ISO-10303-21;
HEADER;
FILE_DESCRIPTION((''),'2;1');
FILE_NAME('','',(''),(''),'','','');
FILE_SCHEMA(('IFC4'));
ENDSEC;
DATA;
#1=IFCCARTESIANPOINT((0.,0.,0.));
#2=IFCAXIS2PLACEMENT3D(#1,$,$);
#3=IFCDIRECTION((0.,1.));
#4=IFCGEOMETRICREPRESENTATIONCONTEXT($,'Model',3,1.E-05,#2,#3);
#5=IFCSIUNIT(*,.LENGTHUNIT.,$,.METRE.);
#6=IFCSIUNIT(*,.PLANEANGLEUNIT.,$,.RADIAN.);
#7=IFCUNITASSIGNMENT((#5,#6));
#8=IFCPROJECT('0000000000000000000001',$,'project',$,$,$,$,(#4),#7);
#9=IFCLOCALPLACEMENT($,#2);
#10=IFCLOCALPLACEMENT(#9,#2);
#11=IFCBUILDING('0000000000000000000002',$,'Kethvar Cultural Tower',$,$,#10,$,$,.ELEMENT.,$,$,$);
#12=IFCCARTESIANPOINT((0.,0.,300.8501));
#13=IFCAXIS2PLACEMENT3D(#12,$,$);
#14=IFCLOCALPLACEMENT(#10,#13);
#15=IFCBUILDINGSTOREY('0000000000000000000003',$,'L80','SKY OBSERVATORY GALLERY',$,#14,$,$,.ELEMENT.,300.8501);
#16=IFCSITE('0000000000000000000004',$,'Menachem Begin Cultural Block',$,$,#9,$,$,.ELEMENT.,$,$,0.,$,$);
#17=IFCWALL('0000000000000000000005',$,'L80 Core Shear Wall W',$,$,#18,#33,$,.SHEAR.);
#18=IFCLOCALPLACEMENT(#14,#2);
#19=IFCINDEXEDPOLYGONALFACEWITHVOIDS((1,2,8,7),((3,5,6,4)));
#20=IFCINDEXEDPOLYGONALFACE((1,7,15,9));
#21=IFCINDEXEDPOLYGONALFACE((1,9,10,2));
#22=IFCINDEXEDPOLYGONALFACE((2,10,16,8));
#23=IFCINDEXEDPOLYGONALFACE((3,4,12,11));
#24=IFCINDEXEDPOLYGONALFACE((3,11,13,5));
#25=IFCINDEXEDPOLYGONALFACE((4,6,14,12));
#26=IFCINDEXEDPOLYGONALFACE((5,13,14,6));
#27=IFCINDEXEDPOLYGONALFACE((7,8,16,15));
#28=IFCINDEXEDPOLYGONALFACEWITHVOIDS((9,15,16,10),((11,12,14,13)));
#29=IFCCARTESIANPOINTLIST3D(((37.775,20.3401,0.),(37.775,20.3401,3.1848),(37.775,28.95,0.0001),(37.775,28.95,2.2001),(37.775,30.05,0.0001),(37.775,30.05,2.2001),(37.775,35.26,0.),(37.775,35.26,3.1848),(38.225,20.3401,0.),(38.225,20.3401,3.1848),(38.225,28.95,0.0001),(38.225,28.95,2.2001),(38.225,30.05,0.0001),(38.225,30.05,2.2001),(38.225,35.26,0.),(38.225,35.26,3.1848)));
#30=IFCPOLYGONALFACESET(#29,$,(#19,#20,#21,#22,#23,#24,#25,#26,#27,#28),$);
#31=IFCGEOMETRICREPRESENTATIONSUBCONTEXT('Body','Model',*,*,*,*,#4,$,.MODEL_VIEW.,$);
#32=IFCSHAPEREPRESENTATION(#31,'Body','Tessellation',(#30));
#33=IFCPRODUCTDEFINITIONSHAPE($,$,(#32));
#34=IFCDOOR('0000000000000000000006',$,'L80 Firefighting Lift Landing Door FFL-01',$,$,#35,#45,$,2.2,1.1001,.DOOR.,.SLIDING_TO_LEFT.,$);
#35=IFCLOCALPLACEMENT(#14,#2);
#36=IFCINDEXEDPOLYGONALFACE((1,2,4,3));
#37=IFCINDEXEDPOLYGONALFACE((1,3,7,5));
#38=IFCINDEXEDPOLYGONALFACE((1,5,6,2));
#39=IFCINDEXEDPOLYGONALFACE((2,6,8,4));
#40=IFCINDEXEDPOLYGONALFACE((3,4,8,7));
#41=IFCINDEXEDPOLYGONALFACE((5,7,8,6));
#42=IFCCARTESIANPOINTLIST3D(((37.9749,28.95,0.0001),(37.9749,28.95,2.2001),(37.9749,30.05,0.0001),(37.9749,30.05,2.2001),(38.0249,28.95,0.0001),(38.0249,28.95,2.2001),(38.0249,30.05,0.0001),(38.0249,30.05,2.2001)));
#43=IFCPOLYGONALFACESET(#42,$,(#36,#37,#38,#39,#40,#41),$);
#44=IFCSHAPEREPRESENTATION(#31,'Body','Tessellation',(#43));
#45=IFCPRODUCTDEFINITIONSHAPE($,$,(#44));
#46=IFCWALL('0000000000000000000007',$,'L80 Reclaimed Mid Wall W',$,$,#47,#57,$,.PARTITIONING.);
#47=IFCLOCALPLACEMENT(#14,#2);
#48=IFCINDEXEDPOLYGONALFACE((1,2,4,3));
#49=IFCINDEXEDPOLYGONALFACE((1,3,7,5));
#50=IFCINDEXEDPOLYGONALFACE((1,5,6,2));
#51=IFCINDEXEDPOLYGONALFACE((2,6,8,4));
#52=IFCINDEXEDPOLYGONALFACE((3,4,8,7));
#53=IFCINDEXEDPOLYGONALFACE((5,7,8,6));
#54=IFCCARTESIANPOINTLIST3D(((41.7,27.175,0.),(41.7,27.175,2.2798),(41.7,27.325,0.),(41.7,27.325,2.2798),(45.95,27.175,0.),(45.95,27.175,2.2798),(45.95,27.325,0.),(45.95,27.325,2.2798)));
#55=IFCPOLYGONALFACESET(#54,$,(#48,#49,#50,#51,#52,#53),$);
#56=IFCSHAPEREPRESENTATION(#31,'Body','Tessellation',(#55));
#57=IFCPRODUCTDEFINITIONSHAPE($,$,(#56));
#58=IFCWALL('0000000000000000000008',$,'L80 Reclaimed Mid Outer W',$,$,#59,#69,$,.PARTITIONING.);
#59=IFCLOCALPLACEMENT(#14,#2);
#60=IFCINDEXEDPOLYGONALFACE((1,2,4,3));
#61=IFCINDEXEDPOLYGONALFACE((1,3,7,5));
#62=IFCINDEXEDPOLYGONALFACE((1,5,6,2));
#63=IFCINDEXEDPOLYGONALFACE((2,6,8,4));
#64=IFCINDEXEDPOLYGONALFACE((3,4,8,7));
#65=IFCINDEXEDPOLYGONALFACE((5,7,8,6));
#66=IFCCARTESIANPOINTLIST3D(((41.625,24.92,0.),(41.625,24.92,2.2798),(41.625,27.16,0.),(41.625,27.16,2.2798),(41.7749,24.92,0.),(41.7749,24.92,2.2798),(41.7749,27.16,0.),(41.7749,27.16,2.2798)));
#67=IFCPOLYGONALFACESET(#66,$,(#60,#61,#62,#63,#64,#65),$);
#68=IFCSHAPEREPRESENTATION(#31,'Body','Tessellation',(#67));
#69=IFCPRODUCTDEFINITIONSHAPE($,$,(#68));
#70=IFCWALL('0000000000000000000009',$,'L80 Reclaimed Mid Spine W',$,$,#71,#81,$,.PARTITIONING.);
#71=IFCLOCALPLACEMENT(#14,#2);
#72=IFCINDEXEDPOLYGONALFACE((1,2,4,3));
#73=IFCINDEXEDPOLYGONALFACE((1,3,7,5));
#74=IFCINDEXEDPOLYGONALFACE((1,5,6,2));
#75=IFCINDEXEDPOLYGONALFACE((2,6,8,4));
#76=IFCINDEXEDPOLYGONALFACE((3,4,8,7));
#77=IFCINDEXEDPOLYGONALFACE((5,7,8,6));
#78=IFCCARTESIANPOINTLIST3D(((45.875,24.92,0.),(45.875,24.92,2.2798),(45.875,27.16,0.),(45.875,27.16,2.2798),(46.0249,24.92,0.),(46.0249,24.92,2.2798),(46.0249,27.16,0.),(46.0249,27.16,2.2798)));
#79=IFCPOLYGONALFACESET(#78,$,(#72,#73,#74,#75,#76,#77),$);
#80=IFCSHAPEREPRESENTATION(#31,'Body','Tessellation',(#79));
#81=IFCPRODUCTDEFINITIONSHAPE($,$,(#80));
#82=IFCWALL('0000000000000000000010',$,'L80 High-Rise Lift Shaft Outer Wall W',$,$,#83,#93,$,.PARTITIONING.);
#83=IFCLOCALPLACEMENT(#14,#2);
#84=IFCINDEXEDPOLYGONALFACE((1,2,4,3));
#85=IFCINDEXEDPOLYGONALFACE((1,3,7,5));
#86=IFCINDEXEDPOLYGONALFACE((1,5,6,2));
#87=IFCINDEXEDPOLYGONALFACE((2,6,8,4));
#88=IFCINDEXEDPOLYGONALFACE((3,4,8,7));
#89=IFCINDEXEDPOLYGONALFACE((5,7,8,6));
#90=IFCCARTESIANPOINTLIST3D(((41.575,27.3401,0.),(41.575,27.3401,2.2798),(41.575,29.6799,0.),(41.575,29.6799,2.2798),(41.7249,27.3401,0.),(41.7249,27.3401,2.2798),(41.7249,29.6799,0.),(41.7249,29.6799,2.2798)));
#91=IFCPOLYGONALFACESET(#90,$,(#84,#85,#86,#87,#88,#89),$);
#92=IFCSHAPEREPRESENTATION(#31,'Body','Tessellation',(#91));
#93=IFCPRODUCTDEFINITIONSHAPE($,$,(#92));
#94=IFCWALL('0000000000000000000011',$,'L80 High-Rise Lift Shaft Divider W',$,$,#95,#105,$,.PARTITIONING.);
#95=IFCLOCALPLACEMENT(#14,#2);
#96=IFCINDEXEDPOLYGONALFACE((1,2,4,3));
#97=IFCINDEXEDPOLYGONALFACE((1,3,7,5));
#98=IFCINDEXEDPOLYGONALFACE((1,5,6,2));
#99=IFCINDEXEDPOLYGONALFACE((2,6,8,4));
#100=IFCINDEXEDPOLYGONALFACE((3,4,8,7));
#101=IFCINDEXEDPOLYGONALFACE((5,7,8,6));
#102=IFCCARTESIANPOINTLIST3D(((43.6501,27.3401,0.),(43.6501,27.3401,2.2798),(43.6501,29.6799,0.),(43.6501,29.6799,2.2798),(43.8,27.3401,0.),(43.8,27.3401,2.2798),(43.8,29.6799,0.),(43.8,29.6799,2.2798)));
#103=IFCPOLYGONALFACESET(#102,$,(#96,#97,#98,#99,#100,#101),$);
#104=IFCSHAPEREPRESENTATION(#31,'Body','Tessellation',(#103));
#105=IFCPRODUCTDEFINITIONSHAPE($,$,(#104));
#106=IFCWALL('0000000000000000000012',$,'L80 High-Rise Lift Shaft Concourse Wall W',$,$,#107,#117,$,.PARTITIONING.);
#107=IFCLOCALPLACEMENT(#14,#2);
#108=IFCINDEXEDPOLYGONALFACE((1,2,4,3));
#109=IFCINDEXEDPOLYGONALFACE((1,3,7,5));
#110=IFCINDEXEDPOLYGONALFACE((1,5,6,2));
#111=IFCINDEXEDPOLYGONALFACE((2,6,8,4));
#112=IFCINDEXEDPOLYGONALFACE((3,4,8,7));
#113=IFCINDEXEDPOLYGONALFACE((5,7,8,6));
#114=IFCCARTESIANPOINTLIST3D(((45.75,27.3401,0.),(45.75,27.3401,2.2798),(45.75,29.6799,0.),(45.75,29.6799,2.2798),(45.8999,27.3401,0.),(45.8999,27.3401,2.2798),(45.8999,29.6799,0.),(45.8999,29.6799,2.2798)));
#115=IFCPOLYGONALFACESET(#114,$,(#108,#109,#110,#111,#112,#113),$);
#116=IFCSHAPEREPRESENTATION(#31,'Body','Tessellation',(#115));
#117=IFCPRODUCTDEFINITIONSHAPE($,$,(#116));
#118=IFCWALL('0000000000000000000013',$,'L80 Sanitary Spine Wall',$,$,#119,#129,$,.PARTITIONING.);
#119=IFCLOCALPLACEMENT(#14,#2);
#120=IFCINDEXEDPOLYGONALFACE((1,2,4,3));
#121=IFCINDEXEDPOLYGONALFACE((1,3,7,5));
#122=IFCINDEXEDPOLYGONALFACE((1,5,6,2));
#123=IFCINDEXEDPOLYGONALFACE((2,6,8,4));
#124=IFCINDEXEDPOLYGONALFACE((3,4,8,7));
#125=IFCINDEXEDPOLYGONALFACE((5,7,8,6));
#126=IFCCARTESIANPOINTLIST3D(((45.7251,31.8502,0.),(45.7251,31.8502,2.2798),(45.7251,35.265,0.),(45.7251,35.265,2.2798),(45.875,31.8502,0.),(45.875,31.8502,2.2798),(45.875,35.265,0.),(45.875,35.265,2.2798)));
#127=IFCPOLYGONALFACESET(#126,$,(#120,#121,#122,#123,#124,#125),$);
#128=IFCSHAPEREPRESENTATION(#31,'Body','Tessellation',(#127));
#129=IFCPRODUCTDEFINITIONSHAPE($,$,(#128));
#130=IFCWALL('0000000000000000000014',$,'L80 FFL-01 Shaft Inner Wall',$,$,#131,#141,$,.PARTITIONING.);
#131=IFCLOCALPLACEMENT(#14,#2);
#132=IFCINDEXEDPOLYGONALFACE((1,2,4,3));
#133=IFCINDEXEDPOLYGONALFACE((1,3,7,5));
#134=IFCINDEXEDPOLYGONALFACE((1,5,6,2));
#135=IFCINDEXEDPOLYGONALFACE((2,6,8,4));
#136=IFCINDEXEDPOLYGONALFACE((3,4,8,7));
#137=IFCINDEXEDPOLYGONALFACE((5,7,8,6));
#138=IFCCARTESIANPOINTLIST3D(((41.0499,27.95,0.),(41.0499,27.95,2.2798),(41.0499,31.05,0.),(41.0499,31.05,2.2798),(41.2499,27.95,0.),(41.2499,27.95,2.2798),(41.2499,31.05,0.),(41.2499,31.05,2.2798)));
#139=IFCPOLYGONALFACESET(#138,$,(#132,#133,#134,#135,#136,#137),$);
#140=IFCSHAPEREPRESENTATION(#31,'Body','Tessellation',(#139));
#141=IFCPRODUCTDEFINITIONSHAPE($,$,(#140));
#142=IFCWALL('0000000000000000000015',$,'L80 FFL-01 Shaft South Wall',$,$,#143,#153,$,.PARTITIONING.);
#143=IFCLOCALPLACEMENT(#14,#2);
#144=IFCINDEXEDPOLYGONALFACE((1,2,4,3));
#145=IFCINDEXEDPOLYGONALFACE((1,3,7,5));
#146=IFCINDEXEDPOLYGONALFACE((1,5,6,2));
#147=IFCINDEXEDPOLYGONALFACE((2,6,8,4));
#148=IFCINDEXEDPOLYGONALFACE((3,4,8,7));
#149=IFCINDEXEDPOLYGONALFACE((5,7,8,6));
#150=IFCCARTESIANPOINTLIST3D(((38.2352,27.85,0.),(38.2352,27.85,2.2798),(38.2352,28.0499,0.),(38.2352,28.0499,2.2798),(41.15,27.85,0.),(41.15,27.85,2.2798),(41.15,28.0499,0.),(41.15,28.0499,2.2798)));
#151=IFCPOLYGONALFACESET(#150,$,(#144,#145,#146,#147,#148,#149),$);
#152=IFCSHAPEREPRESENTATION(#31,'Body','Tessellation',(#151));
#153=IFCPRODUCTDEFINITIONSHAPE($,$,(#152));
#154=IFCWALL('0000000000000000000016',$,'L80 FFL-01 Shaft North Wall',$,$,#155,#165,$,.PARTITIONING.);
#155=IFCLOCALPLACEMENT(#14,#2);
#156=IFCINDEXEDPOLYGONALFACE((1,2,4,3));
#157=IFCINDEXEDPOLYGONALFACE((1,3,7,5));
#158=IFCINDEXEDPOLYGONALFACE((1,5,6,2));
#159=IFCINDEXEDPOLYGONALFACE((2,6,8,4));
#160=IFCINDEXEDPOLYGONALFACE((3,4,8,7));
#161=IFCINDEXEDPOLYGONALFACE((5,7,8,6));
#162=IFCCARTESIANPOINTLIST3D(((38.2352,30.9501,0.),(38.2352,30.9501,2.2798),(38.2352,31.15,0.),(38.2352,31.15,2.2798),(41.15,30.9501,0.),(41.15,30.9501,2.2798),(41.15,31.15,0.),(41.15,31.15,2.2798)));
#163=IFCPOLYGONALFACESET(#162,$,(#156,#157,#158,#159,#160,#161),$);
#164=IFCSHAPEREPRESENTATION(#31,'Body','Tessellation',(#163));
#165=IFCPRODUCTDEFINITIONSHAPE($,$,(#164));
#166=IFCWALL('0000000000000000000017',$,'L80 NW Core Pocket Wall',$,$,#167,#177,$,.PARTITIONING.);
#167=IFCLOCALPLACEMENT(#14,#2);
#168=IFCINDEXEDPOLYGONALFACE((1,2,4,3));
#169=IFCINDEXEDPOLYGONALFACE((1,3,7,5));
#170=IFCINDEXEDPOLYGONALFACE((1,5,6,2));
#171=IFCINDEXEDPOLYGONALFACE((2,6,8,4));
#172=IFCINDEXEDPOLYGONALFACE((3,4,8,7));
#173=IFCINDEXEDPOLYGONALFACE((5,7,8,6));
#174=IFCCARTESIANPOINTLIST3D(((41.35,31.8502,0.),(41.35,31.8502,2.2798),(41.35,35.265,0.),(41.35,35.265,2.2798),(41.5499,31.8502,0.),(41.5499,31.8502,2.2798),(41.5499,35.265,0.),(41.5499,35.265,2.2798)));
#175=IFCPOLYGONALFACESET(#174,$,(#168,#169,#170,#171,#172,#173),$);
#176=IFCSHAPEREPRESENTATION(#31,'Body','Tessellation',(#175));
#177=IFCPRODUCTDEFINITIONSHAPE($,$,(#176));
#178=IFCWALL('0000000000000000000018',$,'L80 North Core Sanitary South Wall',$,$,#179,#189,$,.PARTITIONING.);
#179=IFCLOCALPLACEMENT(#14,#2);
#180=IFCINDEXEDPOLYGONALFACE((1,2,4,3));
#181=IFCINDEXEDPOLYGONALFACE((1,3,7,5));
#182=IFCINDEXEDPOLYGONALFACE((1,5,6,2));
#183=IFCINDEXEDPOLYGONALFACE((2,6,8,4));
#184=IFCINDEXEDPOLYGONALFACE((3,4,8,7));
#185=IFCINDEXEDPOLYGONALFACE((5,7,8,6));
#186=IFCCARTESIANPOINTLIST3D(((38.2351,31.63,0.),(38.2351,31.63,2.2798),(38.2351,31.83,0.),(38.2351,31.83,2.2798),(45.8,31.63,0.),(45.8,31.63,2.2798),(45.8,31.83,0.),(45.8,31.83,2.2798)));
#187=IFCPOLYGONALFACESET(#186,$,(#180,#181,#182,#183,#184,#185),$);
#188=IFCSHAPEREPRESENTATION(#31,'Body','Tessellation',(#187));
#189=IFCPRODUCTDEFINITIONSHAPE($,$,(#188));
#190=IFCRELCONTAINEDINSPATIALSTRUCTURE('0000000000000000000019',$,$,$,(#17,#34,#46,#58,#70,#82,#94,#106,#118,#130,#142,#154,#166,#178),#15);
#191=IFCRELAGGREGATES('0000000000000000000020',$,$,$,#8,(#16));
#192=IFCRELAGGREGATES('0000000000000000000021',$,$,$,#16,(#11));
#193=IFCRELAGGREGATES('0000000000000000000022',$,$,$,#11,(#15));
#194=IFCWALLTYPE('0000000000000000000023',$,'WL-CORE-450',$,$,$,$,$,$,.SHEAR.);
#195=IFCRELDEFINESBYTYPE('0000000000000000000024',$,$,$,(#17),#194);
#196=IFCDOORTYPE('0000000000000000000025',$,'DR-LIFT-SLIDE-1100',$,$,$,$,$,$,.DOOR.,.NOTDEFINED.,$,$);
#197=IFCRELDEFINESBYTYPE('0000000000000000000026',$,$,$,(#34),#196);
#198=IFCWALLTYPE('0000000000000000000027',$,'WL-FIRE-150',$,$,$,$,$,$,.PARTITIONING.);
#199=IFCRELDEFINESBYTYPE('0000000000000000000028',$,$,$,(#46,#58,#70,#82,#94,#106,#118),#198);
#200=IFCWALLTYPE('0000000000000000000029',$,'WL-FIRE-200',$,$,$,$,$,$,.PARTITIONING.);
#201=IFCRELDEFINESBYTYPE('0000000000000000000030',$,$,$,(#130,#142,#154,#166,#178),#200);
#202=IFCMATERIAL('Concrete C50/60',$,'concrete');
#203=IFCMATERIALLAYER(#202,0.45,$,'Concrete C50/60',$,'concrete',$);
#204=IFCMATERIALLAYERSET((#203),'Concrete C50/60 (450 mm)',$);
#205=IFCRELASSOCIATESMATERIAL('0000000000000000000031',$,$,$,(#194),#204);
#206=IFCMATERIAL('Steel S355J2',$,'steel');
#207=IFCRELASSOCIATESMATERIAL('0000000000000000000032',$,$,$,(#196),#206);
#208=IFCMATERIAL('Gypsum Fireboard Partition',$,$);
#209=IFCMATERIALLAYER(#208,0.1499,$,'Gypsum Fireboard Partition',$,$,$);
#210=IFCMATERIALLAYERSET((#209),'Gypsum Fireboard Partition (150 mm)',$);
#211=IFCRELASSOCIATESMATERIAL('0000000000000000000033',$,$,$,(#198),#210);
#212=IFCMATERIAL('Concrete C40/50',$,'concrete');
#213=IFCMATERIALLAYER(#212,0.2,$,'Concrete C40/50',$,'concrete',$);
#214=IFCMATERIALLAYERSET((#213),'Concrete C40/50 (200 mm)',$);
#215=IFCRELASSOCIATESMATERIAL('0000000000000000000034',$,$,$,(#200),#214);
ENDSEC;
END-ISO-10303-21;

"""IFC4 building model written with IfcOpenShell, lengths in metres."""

from ifc_helpers import new_model, si_unit, direction, frame, frame_2d, origin, place, context, subcontext, project, spatial, rectangle, extrude, source, transform, mapped, material, layer, layer_set, type_object, element, fill, save


model = new_model("IFC4")

# Units and contexts
model_context = context("Model", 3, precision=1e-05, world=origin(), true_north=direction((0.0, 1.0)))
body_context = subcontext(model_context, "Body", "Model", "MODEL_VIEW")
ifc_project = project(units=[si_unit("LENGTHUNIT", "METRE"), si_unit("PLANEANGLEUNIT", "RADIAN")], contexts=[model_context])

# Site, building, storey
site_placement = place(None, origin())
site = spatial("IfcSite", under=ifc_project, at=site_placement, Name="Menachem Begin Cultural Block", CompositionType="ELEMENT", RefElevation=0.0)
building_placement = place(site_placement, origin())
building = spatial("IfcBuilding", under=site, at=building_placement, Name="Kethvar Cultural Tower", CompositionType="ELEMENT")
storey_placement = place(building_placement, frame((0.0, 0.0, 300.8501)))
storey = spatial("IfcBuildingStorey", under=building, at=storey_placement, Name="L80", Description="SKY OBSERVATORY GALLERY", CompositionType="ELEMENT", Elevation=300.8501)

# Shared definitions
ifc_material_1 = material(Name="Steel S355J2", Category="steel")

# Wall, opening, door
ifc_material_2 = material(Name="Concrete C50/60", Category="concrete")
ifc_layer_1 = layer(ifc_material_2, 0.45, Name="Concrete C50/60", Category="concrete")
ifc_layer_set_1 = layer_set([ifc_layer_1], Name="Concrete C50/60 (450 mm)")
wall_type_1 = type_object("IfcWallType", Name="WL-CORE-450", PredefinedType="SHEAR", material=ifc_layer_set_1)
wall_1_placement = place(storey_placement, frame((38.0, 35.26, 0.0), z_axis=(0.0, 0.0, 1.0), x_axis=(0.0, -1.0, 0.0)))
wall_1 = element("IfcWall", 1, at=wall_1_placement, inside=storey, type_object=wall_type_1, Name="L80 Core Shear Wall W", PredefinedType="SHEAR", context=body_context, shape_type="SweptSolid", body=[
    extrude(rectangle(XDim=14.9199, YDim=0.45, at=frame_2d((7.46, 0.0))), origin(), (0.0, 0.0, 1.0), 3.1848),
])
opening_1_placement = place(wall_1_placement, frame((5.21, 0.0, 0.0)))
opening_1 = element("IfcOpeningElement", 2, at=opening_1_placement, cuts=wall_1, PredefinedType="OPENING", context=body_context, shape_type="SweptSolid", body=[
    extrude(rectangle(XDim=1.1001, YDim=2.2, at=frame_2d((0.55, 1.1001))), frame((0.0, 0.2349, 0.0), z_axis=(0.0, -1.0, 0.0), x_axis=(1.0, 0.0, 0.0)), (0.0, 0.0, 1.0), 0.47),
])
door_type = type_object("IfcDoorType", Name="DR-LIFT-SLIDE-1100", OperationType="NOTDEFINED", PredefinedType="DOOR", material=ifc_material_1)
shared_shape_1 = source(origin(), body_context, "Body", "SweptSolid", [
    extrude(rectangle(XDim=1.1001, YDim=2.2, at=frame_2d((0.55, 1.1001))), frame((0.0, 0.0249, 0.0), z_axis=(0.0, -1.0, 0.0), x_axis=(1.0, 0.0, 0.0)), (0.0, 0.0, 1.0), 0.05),
])
door_1_placement = place(opening_1_placement, origin())
door_1 = element("IfcDoor", 3, at=door_1_placement, inside=storey, type_object=door_type, Name="L80 Firefighting Lift Landing Door FFL-01", OperationType="SLIDING_TO_LEFT", OverallHeight=2.2, OverallWidth=1.1001, PredefinedType="DOOR", context=body_context, shape_type="MappedRepresentation", body=[
    mapped(shared_shape_1, transform((0.0, 0.0, 0.0), scale=1.0)),
])
fill(opening_1, door_1)

# Walls
ifc_material_3 = material(Name="Gypsum Fireboard Partition")
ifc_layer_2 = layer(ifc_material_3, 0.1499, Name="Gypsum Fireboard Partition")
ifc_layer_set_2 = layer_set([ifc_layer_2], Name="Gypsum Fireboard Partition (150 mm)")
wall_type_2 = type_object("IfcWallType", Name="WL-FIRE-150", PredefinedType="PARTITIONING", material=ifc_layer_set_2)
wall_2_placement = place(storey_placement, frame((41.7, 27.25, 0.0), z_axis=(0.0, 0.0, 1.0), x_axis=(1.0, 0.0, 0.0)))
element("IfcWall", 4, at=wall_2_placement, inside=storey, type_object=wall_type_2, Name="L80 Reclaimed Mid Wall W", PredefinedType="PARTITIONING", context=body_context, shape_type="SweptSolid", body=[
    extrude(rectangle(XDim=4.25, YDim=0.1499, at=frame_2d((2.125, 0.0))), origin(), (0.0, 0.0, 1.0), 2.2798),
])
for number, where, z_axis, x_axis, name in (
    (5, (41.7, 24.9199, 0.0), (0.0, 0.0, 1.0), (0.0, 1.0, 0.0), "L80 Reclaimed Mid Outer W"),
    (6, (45.95, 24.9199, 0.0), (0.0, 0.0, 1.0), (0.0, 1.0, 0.0), "L80 Reclaimed Mid Spine W"),
):
    element("IfcWall", number, at=place(storey_placement, frame(where, z_axis=z_axis, x_axis=x_axis)), inside=storey, type_object=wall_type_2, Name=name, PredefinedType="PARTITIONING", context=body_context, shape_type="SweptSolid", body=[
        extrude(rectangle(XDim=2.24, YDim=0.1499, at=frame_2d((1.1201, 0.0))), origin(), (0.0, 0.0, 1.0), 2.2798),
    ])
for number, where, z_axis, x_axis, name in (
    (7, (41.6499, 27.3401, 0.0), (0.0, 0.0, 1.0), (0.0, 1.0, 0.0), "L80 High-Rise Lift Shaft Outer Wall W"),
    (8, (43.7251, 27.3401, 0.0), (0.0, 0.0, 1.0), (0.0, 1.0, 0.0), "L80 High-Rise Lift Shaft Divider W"),
    (9, (45.825, 27.3401, 0.0), (0.0, 0.0, 1.0), (0.0, 1.0, 0.0), "L80 High-Rise Lift Shaft Concourse Wall W"),
):
    element("IfcWall", number, at=place(storey_placement, frame(where, z_axis=z_axis, x_axis=x_axis)), inside=storey, type_object=wall_type_2, Name=name, PredefinedType="PARTITIONING", context=body_context, shape_type="SweptSolid", body=[
        extrude(rectangle(XDim=2.3398, YDim=0.1499, at=frame_2d((1.1699, 0.0))), origin(), (0.0, 0.0, 1.0), 2.2798),
    ])
wall_3_placement = place(storey_placement, frame((45.8, 31.8501, 0.0), z_axis=(0.0, 0.0, 1.0), x_axis=(0.0, 1.0, 0.0)))
element("IfcWall", 10, at=wall_3_placement, inside=storey, type_object=wall_type_2, Name="L80 Sanitary Spine Wall", PredefinedType="PARTITIONING", context=body_context, shape_type="SweptSolid", body=[
    extrude(rectangle(XDim=3.4148, YDim=0.1499, at=frame_2d((1.7075, 0.0))), origin(), (0.0, 0.0, 1.0), 2.2798),
])
ifc_material_4 = material(Name="Concrete C40/50", Category="concrete")
ifc_layer_3 = layer(ifc_material_4, 0.2, Name="Concrete C40/50", Category="concrete")
ifc_layer_set_3 = layer_set([ifc_layer_3], Name="Concrete C40/50 (200 mm)")
wall_type_3 = type_object("IfcWallType", Name="WL-FIRE-200", PredefinedType="PARTITIONING", material=ifc_layer_set_3)
wall_4_placement = place(storey_placement, frame((41.1499, 27.95, 0.0), z_axis=(0.0, 0.0, 1.0), x_axis=(0.0, 1.0, 0.0)))
element("IfcWall", 11, at=wall_4_placement, inside=storey, type_object=wall_type_3, Name="L80 FFL-01 Shaft Inner Wall", PredefinedType="PARTITIONING", context=body_context, shape_type="SweptSolid", body=[
    extrude(rectangle(XDim=3.1001, YDim=0.2, at=frame_2d((1.55, 0.0))), origin(), (0.0, 0.0, 1.0), 2.2798),
])
for number, where, z_axis, x_axis, name in (
    (12, (38.2351, 27.95, 0.0), (0.0, 0.0, 1.0), (1.0, 0.0, 0.0), "L80 FFL-01 Shaft South Wall"),
    (13, (38.2351, 31.05, 0.0), (0.0, 0.0, 1.0), (1.0, 0.0, 0.0), "L80 FFL-01 Shaft North Wall"),
):
    element("IfcWall", number, at=place(storey_placement, frame(where, z_axis=z_axis, x_axis=x_axis)), inside=storey, type_object=wall_type_3, Name=name, PredefinedType="PARTITIONING", context=body_context, shape_type="SweptSolid", body=[
        extrude(rectangle(XDim=2.9148, YDim=0.2, at=frame_2d((1.4575, 0.0))), origin(), (0.0, 0.0, 1.0), 2.2798),
    ])
wall_5_placement = place(storey_placement, frame((41.45, 31.8501, 0.0), z_axis=(0.0, 0.0, 1.0), x_axis=(0.0, 1.0, 0.0)))
element("IfcWall", 14, at=wall_5_placement, inside=storey, type_object=wall_type_3, Name="L80 NW Core Pocket Wall", PredefinedType="PARTITIONING", context=body_context, shape_type="SweptSolid", body=[
    extrude(rectangle(XDim=3.4148, YDim=0.2, at=frame_2d((1.7075, 0.0))), origin(), (0.0, 0.0, 1.0), 2.2798),
])
wall_6_placement = place(storey_placement, frame((38.2351, 31.73, 0.0), z_axis=(0.0, 0.0, 1.0), x_axis=(1.0, 0.0, 0.0)))
element("IfcWall", 15, at=wall_6_placement, inside=storey, type_object=wall_type_3, Name="L80 North Core Sanitary South Wall", PredefinedType="PARTITIONING", context=body_context, shape_type="SweptSolid", body=[
    extrude(rectangle(XDim=7.5649, YDim=0.2, at=frame_2d((3.7825, 0.0))), origin(), (0.0, 0.0, 1.0), 2.2798),
])

save(model, "model.ifc")
